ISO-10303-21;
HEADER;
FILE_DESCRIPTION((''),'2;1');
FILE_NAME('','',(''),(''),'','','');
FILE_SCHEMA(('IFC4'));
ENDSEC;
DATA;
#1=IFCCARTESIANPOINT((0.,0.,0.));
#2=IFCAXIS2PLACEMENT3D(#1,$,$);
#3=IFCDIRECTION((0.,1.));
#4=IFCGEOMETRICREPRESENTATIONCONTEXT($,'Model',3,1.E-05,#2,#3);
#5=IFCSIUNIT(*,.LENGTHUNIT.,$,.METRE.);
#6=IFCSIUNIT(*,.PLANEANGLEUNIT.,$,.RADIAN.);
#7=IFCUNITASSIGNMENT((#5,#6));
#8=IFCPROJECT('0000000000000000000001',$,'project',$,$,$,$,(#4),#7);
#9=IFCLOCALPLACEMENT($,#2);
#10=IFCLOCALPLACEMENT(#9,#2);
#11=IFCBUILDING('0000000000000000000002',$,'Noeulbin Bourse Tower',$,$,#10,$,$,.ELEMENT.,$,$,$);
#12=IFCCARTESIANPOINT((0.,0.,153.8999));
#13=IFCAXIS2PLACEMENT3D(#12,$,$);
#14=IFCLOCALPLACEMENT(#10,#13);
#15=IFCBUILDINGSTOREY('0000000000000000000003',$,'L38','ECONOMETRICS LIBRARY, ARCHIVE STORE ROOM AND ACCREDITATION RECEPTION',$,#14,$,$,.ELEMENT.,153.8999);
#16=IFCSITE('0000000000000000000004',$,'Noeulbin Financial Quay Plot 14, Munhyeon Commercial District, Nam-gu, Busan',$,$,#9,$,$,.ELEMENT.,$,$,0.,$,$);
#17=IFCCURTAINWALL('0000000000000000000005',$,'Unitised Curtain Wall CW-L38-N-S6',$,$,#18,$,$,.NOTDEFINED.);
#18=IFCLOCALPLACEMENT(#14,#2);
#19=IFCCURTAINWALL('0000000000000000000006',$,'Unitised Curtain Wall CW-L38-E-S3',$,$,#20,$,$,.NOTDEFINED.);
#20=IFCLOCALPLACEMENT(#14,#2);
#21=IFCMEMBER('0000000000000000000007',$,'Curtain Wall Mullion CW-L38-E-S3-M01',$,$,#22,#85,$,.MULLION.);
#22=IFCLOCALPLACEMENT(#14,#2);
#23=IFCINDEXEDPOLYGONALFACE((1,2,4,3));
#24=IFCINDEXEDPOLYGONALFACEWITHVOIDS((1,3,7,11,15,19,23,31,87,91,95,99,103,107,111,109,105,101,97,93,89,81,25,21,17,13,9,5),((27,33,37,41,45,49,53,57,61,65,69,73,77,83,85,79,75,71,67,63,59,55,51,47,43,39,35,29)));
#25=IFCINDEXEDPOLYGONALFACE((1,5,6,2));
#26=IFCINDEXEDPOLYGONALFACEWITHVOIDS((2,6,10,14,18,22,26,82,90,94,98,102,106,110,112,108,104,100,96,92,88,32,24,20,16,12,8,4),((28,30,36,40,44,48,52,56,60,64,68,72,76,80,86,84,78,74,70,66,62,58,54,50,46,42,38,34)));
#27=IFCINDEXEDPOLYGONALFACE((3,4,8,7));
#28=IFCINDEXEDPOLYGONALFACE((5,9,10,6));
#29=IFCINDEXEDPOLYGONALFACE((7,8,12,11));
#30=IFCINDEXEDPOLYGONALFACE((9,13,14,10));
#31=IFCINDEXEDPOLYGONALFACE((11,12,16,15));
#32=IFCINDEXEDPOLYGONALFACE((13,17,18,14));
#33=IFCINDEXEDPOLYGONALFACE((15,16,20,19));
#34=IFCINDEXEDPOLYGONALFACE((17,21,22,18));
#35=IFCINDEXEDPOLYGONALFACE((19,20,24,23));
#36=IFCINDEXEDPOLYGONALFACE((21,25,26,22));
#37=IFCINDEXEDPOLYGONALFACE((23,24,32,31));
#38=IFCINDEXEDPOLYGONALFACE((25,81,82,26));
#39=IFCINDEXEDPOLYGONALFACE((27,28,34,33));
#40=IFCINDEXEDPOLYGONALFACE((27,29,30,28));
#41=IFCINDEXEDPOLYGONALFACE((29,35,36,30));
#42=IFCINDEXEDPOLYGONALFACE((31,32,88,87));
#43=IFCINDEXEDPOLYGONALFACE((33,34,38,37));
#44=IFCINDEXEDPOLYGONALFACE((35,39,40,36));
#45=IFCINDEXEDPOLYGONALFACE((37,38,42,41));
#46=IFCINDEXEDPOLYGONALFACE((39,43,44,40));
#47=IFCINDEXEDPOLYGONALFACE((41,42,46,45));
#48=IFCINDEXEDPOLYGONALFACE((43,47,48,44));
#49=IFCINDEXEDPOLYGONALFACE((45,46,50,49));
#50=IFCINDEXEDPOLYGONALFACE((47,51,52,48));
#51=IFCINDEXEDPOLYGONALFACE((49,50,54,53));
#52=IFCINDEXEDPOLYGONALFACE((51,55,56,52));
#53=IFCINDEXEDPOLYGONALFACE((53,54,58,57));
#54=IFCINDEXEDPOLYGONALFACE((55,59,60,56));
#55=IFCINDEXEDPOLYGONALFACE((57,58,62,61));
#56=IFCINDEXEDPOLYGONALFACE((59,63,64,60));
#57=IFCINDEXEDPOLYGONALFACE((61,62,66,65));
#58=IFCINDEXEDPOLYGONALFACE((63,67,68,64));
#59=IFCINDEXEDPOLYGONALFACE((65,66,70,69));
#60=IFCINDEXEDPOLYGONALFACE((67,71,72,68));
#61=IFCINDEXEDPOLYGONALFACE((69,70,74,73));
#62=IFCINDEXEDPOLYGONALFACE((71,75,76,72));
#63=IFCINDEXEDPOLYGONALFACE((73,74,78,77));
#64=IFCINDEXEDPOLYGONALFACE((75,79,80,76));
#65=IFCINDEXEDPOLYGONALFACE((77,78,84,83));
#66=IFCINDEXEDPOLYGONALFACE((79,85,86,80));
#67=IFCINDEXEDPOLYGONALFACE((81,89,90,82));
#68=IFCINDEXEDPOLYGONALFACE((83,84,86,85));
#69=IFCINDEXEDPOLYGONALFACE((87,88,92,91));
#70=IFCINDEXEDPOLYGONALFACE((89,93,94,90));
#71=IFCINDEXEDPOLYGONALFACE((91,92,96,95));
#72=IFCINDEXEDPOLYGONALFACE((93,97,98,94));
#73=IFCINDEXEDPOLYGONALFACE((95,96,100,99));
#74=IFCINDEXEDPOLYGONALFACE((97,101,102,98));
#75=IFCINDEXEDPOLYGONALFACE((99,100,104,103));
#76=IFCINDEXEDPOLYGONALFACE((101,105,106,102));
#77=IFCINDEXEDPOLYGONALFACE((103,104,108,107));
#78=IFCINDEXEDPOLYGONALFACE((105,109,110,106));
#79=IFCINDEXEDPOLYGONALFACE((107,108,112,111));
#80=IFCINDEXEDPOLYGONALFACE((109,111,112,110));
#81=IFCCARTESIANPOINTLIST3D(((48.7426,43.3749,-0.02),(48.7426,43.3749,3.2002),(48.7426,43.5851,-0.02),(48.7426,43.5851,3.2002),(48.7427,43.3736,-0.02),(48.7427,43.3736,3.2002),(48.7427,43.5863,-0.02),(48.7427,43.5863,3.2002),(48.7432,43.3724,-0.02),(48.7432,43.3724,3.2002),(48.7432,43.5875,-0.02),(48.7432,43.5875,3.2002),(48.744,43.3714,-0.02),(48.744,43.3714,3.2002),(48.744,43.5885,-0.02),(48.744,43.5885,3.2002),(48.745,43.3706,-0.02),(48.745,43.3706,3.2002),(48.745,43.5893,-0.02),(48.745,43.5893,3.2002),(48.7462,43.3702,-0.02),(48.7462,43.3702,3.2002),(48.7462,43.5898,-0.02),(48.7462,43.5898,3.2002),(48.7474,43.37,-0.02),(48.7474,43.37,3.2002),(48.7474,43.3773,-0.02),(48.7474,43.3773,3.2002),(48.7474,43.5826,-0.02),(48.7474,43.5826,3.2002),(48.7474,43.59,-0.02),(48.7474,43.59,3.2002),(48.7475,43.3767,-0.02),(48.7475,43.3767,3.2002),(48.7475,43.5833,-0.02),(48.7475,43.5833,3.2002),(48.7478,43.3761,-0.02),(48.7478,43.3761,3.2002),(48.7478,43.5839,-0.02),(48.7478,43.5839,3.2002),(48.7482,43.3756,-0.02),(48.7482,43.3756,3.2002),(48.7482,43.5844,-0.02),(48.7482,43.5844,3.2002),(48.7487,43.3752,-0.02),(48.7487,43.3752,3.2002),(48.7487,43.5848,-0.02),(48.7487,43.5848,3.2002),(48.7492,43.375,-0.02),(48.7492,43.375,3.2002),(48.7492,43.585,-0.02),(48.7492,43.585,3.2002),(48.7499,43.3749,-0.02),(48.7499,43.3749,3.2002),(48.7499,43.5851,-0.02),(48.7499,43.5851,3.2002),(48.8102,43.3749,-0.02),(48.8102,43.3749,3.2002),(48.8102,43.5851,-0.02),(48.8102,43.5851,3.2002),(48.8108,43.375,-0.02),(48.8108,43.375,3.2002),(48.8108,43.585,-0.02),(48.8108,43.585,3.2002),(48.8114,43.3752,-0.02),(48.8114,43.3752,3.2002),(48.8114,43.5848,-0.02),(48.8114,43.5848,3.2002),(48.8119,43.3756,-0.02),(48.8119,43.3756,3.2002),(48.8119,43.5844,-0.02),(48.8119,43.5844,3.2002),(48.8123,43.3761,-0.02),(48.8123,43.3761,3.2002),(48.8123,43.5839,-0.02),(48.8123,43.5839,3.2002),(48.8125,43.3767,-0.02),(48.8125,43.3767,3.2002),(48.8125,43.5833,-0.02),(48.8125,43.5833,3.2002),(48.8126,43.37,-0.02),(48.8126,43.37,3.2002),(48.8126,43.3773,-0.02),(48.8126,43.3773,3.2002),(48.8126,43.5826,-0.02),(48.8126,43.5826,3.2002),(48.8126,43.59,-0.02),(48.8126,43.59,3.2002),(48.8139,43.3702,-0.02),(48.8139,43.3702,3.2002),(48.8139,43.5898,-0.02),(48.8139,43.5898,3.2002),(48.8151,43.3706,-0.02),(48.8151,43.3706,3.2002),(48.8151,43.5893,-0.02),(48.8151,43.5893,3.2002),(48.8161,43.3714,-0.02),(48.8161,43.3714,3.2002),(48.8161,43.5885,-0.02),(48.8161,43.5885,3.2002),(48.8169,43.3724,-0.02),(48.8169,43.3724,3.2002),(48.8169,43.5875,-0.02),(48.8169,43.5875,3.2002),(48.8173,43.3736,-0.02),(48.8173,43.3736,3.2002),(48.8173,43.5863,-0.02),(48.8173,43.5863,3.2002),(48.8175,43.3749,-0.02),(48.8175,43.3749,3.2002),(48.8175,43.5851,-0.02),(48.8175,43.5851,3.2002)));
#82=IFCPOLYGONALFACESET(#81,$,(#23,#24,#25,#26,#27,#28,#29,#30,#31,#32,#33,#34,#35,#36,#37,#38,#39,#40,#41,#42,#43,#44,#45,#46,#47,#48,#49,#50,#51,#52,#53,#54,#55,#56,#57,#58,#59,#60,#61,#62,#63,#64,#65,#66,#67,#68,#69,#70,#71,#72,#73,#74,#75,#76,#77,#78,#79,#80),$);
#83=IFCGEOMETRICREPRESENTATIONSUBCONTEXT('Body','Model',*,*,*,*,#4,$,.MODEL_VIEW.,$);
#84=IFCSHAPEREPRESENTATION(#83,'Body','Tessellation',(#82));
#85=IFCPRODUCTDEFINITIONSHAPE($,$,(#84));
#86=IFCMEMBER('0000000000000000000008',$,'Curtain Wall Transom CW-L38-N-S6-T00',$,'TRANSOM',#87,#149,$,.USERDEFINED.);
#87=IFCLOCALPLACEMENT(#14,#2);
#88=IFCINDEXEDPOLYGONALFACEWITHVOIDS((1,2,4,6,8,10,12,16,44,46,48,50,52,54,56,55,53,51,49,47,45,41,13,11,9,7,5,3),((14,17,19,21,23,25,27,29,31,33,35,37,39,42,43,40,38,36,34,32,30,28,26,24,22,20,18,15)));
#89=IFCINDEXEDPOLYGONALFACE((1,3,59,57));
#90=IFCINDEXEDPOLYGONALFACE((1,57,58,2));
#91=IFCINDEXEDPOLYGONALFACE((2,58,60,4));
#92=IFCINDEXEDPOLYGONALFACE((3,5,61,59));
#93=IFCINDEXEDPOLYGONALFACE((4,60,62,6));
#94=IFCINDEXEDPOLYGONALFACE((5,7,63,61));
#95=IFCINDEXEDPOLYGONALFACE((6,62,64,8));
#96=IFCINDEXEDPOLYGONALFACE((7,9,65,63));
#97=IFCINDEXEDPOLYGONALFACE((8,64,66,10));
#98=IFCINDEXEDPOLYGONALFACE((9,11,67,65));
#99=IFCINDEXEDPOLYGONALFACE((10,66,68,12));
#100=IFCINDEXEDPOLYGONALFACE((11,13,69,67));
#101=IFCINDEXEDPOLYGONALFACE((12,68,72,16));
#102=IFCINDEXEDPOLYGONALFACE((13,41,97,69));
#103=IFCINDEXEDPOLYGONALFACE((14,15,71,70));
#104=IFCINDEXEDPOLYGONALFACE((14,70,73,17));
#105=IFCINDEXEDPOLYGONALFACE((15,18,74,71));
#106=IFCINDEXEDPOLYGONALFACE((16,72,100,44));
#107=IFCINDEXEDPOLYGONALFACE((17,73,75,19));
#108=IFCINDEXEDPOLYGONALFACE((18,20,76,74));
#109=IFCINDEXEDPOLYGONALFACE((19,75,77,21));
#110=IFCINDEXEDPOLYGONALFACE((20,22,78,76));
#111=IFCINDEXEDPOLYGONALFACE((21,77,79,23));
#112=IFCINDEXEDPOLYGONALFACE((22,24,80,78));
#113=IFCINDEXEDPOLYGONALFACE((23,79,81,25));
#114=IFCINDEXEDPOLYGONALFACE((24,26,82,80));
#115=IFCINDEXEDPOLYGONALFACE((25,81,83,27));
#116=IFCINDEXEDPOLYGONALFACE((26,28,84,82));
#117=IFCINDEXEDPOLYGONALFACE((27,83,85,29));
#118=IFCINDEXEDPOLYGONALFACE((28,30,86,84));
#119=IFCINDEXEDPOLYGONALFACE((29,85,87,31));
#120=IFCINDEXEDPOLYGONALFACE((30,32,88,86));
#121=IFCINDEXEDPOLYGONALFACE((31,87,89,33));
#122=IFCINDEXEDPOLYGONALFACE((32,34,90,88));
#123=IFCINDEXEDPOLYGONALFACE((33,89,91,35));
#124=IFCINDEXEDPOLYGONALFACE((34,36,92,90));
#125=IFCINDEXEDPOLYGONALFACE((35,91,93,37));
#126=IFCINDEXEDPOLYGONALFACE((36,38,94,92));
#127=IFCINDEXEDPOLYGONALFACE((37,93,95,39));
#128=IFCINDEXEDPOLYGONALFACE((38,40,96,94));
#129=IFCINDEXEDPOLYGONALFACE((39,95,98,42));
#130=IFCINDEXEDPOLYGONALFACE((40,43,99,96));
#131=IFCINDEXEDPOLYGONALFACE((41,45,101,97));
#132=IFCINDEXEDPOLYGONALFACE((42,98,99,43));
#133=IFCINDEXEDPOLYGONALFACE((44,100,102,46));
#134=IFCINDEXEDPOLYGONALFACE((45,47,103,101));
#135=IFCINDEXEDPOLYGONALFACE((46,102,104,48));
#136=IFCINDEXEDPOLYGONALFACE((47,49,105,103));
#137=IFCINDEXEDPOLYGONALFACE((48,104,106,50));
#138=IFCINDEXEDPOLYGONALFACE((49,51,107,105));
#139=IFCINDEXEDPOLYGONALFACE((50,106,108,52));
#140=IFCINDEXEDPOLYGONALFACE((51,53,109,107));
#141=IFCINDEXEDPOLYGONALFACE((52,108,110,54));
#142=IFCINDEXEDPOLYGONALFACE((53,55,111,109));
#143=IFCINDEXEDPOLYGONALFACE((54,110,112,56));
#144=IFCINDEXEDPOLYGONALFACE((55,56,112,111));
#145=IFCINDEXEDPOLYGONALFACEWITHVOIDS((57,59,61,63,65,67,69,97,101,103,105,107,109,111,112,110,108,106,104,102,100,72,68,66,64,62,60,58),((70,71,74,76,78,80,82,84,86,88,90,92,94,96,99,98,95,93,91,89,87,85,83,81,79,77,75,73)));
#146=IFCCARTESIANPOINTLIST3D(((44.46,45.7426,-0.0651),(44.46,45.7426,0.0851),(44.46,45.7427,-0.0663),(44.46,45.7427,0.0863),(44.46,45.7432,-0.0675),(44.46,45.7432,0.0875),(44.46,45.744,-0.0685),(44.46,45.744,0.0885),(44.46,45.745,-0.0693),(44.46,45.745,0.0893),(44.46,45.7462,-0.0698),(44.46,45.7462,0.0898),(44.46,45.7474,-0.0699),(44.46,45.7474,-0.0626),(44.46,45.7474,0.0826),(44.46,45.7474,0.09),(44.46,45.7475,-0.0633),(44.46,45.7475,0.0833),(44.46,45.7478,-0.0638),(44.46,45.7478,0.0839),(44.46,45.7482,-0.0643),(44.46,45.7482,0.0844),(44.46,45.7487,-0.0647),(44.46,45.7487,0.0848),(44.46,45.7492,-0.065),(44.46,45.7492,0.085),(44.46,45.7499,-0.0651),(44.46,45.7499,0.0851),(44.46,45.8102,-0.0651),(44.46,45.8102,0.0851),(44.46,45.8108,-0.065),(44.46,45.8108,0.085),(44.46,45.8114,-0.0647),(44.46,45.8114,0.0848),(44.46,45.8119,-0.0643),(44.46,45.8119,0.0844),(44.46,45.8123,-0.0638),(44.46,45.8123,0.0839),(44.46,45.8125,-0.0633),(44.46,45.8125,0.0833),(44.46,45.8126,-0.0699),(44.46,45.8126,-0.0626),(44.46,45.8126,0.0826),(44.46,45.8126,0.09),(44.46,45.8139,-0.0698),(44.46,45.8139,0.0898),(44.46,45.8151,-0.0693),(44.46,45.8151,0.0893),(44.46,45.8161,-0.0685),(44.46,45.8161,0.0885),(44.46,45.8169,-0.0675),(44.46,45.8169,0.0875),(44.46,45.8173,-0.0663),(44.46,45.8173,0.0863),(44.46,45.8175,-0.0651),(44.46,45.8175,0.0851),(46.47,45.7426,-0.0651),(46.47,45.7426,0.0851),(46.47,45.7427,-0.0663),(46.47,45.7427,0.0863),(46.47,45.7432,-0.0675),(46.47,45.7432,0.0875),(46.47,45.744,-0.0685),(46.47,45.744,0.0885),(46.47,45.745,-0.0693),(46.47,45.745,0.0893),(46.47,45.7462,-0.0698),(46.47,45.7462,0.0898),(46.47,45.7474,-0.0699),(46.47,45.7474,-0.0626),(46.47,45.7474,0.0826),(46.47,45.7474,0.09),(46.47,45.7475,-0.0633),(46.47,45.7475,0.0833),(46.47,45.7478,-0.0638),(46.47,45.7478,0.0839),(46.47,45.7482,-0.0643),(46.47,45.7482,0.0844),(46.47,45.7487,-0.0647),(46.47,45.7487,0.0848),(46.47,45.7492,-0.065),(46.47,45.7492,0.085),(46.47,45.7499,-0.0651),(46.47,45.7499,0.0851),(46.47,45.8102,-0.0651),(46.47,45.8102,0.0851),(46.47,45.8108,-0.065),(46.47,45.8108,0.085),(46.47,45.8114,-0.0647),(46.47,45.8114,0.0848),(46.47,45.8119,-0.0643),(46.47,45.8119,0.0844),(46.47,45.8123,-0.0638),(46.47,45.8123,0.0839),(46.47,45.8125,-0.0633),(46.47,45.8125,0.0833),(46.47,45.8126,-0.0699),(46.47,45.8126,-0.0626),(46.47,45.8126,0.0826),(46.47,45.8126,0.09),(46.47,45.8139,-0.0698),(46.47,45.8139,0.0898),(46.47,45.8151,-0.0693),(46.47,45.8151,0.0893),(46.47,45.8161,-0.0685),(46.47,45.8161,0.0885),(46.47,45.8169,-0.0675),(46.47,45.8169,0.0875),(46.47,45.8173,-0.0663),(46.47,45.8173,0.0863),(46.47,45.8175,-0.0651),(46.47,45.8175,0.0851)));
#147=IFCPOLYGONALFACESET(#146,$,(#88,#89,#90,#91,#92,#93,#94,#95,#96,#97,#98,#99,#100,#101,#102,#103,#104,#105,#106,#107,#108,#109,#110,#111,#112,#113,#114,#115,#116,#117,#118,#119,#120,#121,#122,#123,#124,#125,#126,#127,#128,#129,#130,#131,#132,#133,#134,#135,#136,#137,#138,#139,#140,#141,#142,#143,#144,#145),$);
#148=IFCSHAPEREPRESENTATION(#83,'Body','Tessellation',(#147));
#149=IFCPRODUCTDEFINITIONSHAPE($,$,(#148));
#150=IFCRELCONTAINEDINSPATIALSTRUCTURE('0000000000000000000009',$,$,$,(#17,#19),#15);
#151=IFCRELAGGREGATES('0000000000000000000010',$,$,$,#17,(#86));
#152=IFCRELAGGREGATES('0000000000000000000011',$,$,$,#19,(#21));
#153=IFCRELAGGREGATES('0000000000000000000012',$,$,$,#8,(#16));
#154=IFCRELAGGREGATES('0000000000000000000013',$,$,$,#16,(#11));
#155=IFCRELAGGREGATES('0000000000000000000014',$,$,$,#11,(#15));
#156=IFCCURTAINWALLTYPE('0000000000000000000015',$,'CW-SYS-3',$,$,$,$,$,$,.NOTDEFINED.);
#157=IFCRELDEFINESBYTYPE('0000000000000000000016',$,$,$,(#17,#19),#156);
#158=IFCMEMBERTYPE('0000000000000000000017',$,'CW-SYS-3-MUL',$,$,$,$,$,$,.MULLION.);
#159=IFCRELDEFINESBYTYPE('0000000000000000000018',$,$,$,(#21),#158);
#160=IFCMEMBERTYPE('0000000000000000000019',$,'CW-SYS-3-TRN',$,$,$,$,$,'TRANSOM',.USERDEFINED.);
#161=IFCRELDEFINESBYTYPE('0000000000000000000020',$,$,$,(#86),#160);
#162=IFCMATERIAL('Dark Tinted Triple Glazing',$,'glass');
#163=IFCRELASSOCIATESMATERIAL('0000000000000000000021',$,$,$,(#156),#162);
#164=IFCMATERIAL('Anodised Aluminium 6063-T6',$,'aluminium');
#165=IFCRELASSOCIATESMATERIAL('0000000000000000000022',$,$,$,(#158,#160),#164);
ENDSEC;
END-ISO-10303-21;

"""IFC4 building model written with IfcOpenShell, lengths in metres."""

from ifc_helpers import new_model, si_unit, direction, frame, origin, origin_2d, place, context, subcontext, project, spatial, hollow_rectangle, extrude, material, material_profile, profile_set, type_object, element, aggregate, save


model = new_model("IFC4")

# Units and contexts
model_context = context("Model", 3, precision=1e-05, world=origin(), true_north=direction((0.0, 1.0)))
body_context = subcontext(model_context, "Body", "Model", "MODEL_VIEW")
ifc_project = project(units=[si_unit("LENGTHUNIT", "METRE"), si_unit("PLANEANGLEUNIT", "RADIAN")], contexts=[model_context])

# Site, building, storey
site_placement = place(None, origin())
site = spatial("IfcSite", under=ifc_project, at=site_placement, Name="Noeulbin Financial Quay Plot 14, Munhyeon Commercial District, Nam-gu, Busan", CompositionType="ELEMENT", RefElevation=0.0)
building_placement = place(site_placement, origin())
building = spatial("IfcBuilding", under=site, at=building_placement, Name="Noeulbin Bourse Tower", CompositionType="ELEMENT")
storey_placement = place(building_placement, frame((0.0, 0.0, 153.8999)))
storey = spatial("IfcBuildingStorey", under=building, at=storey_placement, Name="L38", Description="ECONOMETRICS LIBRARY, ARCHIVE STORE ROOM AND ACCREDITATION RECEPTION", CompositionType="ELEMENT", Elevation=153.8999)

# Shared definitions
ifc_material_1 = material(Name="Dark Tinted Triple Glazing", Category="glass")
curtain_wall_type = type_object("IfcCurtainWallType", Name="CW-SYS-3", PredefinedType="NOTDEFINED", material=ifc_material_1)
ifc_material_2 = material(Name="Anodised Aluminium 6063-T6", Category="aluminium")
ifc_material_profile_1 = material_profile(ifc_material_2, hollow_rectangle(XDim=0.075, YDim=0.22, WallThickness=0.0049, InnerFilletRadius=0.0024, OuterFilletRadius=0.0049, at=origin_2d()), Name="ALU-MULL-75x220x5", Category="LoadBearing")
ifc_profile_set_1 = profile_set([ifc_material_profile_1], Name="Anodised Aluminium 6063-T6")
member_type_1 = type_object("IfcMemberType", Name="CW-SYS-3-MUL", PredefinedType="MULLION", material=ifc_profile_set_1)

# Curtain walls, member
curtain_wall_1_placement = place(storey_placement, origin())
curtain_wall_1 = element("IfcCurtainWall", 1, at=curtain_wall_1_placement, inside=storey, type_object=curtain_wall_type, Name="Unitised Curtain Wall CW-L38-N-S6", PredefinedType="NOTDEFINED")
curtain_wall_2_placement = place(storey_placement, origin())
curtain_wall_2 = element("IfcCurtainWall", 2, at=curtain_wall_2_placement, inside=storey, type_object=curtain_wall_type, Name="Unitised Curtain Wall CW-L38-E-S3", PredefinedType="NOTDEFINED")
member_1_placement = place(storey_placement, frame((48.78, 43.48, -0.02), z_axis=(0.0, 0.0, 1.0), x_axis=(1.0, 0.0, 0.0)))
member_1 = element("IfcMember", 3, at=member_1_placement, type_object=member_type_1, Name="Curtain Wall Mullion CW-L38-E-S3-M01", PredefinedType="MULLION", context=body_context, shape_type="SweptSolid", body=[
    extrude(hollow_rectangle(XDim=0.075, YDim=0.22, WallThickness=0.0049, InnerFilletRadius=0.0024, OuterFilletRadius=0.0049, at=origin_2d()), origin(), (0.0, 0.0, 1.0), 3.2202),
])

# Member
ifc_material_profile_2 = material_profile(ifc_material_2, hollow_rectangle(XDim=0.075, YDim=0.1599, WallThickness=0.0049, InnerFilletRadius=0.0024, OuterFilletRadius=0.0049, at=origin_2d()), Name="ALU-TRAN-75x160x5", Category="LoadBearing")
ifc_profile_set_2 = profile_set([ifc_material_profile_2], Name="Anodised Aluminium 6063-T6")
member_type_2 = type_object("IfcMemberType", Name="CW-SYS-3-TRN", ElementType="TRANSOM", PredefinedType="USERDEFINED", material=ifc_profile_set_2)
member_2_placement = place(storey_placement, frame((44.46, 45.78, 0.01), z_axis=(1.0, 0.0, 0.0), x_axis=(0.0, 1.0, 0.0)))
member_2 = element("IfcMember", 4, at=member_2_placement, type_object=member_type_2, Name="Curtain Wall Transom CW-L38-N-S6-T00", ObjectType="TRANSOM", PredefinedType="USERDEFINED", context=body_context, shape_type="SweptSolid", body=[
    extrude(hollow_rectangle(XDim=0.075, YDim=0.1599, WallThickness=0.0049, InnerFilletRadius=0.0024, OuterFilletRadius=0.0049, at=origin_2d()), origin(), (0.0, 0.0, 1.0), 2.01),
])

aggregate(curtain_wall_1, [member_2])
aggregate(curtain_wall_2, [member_1])

save(model, "model.ifc")
